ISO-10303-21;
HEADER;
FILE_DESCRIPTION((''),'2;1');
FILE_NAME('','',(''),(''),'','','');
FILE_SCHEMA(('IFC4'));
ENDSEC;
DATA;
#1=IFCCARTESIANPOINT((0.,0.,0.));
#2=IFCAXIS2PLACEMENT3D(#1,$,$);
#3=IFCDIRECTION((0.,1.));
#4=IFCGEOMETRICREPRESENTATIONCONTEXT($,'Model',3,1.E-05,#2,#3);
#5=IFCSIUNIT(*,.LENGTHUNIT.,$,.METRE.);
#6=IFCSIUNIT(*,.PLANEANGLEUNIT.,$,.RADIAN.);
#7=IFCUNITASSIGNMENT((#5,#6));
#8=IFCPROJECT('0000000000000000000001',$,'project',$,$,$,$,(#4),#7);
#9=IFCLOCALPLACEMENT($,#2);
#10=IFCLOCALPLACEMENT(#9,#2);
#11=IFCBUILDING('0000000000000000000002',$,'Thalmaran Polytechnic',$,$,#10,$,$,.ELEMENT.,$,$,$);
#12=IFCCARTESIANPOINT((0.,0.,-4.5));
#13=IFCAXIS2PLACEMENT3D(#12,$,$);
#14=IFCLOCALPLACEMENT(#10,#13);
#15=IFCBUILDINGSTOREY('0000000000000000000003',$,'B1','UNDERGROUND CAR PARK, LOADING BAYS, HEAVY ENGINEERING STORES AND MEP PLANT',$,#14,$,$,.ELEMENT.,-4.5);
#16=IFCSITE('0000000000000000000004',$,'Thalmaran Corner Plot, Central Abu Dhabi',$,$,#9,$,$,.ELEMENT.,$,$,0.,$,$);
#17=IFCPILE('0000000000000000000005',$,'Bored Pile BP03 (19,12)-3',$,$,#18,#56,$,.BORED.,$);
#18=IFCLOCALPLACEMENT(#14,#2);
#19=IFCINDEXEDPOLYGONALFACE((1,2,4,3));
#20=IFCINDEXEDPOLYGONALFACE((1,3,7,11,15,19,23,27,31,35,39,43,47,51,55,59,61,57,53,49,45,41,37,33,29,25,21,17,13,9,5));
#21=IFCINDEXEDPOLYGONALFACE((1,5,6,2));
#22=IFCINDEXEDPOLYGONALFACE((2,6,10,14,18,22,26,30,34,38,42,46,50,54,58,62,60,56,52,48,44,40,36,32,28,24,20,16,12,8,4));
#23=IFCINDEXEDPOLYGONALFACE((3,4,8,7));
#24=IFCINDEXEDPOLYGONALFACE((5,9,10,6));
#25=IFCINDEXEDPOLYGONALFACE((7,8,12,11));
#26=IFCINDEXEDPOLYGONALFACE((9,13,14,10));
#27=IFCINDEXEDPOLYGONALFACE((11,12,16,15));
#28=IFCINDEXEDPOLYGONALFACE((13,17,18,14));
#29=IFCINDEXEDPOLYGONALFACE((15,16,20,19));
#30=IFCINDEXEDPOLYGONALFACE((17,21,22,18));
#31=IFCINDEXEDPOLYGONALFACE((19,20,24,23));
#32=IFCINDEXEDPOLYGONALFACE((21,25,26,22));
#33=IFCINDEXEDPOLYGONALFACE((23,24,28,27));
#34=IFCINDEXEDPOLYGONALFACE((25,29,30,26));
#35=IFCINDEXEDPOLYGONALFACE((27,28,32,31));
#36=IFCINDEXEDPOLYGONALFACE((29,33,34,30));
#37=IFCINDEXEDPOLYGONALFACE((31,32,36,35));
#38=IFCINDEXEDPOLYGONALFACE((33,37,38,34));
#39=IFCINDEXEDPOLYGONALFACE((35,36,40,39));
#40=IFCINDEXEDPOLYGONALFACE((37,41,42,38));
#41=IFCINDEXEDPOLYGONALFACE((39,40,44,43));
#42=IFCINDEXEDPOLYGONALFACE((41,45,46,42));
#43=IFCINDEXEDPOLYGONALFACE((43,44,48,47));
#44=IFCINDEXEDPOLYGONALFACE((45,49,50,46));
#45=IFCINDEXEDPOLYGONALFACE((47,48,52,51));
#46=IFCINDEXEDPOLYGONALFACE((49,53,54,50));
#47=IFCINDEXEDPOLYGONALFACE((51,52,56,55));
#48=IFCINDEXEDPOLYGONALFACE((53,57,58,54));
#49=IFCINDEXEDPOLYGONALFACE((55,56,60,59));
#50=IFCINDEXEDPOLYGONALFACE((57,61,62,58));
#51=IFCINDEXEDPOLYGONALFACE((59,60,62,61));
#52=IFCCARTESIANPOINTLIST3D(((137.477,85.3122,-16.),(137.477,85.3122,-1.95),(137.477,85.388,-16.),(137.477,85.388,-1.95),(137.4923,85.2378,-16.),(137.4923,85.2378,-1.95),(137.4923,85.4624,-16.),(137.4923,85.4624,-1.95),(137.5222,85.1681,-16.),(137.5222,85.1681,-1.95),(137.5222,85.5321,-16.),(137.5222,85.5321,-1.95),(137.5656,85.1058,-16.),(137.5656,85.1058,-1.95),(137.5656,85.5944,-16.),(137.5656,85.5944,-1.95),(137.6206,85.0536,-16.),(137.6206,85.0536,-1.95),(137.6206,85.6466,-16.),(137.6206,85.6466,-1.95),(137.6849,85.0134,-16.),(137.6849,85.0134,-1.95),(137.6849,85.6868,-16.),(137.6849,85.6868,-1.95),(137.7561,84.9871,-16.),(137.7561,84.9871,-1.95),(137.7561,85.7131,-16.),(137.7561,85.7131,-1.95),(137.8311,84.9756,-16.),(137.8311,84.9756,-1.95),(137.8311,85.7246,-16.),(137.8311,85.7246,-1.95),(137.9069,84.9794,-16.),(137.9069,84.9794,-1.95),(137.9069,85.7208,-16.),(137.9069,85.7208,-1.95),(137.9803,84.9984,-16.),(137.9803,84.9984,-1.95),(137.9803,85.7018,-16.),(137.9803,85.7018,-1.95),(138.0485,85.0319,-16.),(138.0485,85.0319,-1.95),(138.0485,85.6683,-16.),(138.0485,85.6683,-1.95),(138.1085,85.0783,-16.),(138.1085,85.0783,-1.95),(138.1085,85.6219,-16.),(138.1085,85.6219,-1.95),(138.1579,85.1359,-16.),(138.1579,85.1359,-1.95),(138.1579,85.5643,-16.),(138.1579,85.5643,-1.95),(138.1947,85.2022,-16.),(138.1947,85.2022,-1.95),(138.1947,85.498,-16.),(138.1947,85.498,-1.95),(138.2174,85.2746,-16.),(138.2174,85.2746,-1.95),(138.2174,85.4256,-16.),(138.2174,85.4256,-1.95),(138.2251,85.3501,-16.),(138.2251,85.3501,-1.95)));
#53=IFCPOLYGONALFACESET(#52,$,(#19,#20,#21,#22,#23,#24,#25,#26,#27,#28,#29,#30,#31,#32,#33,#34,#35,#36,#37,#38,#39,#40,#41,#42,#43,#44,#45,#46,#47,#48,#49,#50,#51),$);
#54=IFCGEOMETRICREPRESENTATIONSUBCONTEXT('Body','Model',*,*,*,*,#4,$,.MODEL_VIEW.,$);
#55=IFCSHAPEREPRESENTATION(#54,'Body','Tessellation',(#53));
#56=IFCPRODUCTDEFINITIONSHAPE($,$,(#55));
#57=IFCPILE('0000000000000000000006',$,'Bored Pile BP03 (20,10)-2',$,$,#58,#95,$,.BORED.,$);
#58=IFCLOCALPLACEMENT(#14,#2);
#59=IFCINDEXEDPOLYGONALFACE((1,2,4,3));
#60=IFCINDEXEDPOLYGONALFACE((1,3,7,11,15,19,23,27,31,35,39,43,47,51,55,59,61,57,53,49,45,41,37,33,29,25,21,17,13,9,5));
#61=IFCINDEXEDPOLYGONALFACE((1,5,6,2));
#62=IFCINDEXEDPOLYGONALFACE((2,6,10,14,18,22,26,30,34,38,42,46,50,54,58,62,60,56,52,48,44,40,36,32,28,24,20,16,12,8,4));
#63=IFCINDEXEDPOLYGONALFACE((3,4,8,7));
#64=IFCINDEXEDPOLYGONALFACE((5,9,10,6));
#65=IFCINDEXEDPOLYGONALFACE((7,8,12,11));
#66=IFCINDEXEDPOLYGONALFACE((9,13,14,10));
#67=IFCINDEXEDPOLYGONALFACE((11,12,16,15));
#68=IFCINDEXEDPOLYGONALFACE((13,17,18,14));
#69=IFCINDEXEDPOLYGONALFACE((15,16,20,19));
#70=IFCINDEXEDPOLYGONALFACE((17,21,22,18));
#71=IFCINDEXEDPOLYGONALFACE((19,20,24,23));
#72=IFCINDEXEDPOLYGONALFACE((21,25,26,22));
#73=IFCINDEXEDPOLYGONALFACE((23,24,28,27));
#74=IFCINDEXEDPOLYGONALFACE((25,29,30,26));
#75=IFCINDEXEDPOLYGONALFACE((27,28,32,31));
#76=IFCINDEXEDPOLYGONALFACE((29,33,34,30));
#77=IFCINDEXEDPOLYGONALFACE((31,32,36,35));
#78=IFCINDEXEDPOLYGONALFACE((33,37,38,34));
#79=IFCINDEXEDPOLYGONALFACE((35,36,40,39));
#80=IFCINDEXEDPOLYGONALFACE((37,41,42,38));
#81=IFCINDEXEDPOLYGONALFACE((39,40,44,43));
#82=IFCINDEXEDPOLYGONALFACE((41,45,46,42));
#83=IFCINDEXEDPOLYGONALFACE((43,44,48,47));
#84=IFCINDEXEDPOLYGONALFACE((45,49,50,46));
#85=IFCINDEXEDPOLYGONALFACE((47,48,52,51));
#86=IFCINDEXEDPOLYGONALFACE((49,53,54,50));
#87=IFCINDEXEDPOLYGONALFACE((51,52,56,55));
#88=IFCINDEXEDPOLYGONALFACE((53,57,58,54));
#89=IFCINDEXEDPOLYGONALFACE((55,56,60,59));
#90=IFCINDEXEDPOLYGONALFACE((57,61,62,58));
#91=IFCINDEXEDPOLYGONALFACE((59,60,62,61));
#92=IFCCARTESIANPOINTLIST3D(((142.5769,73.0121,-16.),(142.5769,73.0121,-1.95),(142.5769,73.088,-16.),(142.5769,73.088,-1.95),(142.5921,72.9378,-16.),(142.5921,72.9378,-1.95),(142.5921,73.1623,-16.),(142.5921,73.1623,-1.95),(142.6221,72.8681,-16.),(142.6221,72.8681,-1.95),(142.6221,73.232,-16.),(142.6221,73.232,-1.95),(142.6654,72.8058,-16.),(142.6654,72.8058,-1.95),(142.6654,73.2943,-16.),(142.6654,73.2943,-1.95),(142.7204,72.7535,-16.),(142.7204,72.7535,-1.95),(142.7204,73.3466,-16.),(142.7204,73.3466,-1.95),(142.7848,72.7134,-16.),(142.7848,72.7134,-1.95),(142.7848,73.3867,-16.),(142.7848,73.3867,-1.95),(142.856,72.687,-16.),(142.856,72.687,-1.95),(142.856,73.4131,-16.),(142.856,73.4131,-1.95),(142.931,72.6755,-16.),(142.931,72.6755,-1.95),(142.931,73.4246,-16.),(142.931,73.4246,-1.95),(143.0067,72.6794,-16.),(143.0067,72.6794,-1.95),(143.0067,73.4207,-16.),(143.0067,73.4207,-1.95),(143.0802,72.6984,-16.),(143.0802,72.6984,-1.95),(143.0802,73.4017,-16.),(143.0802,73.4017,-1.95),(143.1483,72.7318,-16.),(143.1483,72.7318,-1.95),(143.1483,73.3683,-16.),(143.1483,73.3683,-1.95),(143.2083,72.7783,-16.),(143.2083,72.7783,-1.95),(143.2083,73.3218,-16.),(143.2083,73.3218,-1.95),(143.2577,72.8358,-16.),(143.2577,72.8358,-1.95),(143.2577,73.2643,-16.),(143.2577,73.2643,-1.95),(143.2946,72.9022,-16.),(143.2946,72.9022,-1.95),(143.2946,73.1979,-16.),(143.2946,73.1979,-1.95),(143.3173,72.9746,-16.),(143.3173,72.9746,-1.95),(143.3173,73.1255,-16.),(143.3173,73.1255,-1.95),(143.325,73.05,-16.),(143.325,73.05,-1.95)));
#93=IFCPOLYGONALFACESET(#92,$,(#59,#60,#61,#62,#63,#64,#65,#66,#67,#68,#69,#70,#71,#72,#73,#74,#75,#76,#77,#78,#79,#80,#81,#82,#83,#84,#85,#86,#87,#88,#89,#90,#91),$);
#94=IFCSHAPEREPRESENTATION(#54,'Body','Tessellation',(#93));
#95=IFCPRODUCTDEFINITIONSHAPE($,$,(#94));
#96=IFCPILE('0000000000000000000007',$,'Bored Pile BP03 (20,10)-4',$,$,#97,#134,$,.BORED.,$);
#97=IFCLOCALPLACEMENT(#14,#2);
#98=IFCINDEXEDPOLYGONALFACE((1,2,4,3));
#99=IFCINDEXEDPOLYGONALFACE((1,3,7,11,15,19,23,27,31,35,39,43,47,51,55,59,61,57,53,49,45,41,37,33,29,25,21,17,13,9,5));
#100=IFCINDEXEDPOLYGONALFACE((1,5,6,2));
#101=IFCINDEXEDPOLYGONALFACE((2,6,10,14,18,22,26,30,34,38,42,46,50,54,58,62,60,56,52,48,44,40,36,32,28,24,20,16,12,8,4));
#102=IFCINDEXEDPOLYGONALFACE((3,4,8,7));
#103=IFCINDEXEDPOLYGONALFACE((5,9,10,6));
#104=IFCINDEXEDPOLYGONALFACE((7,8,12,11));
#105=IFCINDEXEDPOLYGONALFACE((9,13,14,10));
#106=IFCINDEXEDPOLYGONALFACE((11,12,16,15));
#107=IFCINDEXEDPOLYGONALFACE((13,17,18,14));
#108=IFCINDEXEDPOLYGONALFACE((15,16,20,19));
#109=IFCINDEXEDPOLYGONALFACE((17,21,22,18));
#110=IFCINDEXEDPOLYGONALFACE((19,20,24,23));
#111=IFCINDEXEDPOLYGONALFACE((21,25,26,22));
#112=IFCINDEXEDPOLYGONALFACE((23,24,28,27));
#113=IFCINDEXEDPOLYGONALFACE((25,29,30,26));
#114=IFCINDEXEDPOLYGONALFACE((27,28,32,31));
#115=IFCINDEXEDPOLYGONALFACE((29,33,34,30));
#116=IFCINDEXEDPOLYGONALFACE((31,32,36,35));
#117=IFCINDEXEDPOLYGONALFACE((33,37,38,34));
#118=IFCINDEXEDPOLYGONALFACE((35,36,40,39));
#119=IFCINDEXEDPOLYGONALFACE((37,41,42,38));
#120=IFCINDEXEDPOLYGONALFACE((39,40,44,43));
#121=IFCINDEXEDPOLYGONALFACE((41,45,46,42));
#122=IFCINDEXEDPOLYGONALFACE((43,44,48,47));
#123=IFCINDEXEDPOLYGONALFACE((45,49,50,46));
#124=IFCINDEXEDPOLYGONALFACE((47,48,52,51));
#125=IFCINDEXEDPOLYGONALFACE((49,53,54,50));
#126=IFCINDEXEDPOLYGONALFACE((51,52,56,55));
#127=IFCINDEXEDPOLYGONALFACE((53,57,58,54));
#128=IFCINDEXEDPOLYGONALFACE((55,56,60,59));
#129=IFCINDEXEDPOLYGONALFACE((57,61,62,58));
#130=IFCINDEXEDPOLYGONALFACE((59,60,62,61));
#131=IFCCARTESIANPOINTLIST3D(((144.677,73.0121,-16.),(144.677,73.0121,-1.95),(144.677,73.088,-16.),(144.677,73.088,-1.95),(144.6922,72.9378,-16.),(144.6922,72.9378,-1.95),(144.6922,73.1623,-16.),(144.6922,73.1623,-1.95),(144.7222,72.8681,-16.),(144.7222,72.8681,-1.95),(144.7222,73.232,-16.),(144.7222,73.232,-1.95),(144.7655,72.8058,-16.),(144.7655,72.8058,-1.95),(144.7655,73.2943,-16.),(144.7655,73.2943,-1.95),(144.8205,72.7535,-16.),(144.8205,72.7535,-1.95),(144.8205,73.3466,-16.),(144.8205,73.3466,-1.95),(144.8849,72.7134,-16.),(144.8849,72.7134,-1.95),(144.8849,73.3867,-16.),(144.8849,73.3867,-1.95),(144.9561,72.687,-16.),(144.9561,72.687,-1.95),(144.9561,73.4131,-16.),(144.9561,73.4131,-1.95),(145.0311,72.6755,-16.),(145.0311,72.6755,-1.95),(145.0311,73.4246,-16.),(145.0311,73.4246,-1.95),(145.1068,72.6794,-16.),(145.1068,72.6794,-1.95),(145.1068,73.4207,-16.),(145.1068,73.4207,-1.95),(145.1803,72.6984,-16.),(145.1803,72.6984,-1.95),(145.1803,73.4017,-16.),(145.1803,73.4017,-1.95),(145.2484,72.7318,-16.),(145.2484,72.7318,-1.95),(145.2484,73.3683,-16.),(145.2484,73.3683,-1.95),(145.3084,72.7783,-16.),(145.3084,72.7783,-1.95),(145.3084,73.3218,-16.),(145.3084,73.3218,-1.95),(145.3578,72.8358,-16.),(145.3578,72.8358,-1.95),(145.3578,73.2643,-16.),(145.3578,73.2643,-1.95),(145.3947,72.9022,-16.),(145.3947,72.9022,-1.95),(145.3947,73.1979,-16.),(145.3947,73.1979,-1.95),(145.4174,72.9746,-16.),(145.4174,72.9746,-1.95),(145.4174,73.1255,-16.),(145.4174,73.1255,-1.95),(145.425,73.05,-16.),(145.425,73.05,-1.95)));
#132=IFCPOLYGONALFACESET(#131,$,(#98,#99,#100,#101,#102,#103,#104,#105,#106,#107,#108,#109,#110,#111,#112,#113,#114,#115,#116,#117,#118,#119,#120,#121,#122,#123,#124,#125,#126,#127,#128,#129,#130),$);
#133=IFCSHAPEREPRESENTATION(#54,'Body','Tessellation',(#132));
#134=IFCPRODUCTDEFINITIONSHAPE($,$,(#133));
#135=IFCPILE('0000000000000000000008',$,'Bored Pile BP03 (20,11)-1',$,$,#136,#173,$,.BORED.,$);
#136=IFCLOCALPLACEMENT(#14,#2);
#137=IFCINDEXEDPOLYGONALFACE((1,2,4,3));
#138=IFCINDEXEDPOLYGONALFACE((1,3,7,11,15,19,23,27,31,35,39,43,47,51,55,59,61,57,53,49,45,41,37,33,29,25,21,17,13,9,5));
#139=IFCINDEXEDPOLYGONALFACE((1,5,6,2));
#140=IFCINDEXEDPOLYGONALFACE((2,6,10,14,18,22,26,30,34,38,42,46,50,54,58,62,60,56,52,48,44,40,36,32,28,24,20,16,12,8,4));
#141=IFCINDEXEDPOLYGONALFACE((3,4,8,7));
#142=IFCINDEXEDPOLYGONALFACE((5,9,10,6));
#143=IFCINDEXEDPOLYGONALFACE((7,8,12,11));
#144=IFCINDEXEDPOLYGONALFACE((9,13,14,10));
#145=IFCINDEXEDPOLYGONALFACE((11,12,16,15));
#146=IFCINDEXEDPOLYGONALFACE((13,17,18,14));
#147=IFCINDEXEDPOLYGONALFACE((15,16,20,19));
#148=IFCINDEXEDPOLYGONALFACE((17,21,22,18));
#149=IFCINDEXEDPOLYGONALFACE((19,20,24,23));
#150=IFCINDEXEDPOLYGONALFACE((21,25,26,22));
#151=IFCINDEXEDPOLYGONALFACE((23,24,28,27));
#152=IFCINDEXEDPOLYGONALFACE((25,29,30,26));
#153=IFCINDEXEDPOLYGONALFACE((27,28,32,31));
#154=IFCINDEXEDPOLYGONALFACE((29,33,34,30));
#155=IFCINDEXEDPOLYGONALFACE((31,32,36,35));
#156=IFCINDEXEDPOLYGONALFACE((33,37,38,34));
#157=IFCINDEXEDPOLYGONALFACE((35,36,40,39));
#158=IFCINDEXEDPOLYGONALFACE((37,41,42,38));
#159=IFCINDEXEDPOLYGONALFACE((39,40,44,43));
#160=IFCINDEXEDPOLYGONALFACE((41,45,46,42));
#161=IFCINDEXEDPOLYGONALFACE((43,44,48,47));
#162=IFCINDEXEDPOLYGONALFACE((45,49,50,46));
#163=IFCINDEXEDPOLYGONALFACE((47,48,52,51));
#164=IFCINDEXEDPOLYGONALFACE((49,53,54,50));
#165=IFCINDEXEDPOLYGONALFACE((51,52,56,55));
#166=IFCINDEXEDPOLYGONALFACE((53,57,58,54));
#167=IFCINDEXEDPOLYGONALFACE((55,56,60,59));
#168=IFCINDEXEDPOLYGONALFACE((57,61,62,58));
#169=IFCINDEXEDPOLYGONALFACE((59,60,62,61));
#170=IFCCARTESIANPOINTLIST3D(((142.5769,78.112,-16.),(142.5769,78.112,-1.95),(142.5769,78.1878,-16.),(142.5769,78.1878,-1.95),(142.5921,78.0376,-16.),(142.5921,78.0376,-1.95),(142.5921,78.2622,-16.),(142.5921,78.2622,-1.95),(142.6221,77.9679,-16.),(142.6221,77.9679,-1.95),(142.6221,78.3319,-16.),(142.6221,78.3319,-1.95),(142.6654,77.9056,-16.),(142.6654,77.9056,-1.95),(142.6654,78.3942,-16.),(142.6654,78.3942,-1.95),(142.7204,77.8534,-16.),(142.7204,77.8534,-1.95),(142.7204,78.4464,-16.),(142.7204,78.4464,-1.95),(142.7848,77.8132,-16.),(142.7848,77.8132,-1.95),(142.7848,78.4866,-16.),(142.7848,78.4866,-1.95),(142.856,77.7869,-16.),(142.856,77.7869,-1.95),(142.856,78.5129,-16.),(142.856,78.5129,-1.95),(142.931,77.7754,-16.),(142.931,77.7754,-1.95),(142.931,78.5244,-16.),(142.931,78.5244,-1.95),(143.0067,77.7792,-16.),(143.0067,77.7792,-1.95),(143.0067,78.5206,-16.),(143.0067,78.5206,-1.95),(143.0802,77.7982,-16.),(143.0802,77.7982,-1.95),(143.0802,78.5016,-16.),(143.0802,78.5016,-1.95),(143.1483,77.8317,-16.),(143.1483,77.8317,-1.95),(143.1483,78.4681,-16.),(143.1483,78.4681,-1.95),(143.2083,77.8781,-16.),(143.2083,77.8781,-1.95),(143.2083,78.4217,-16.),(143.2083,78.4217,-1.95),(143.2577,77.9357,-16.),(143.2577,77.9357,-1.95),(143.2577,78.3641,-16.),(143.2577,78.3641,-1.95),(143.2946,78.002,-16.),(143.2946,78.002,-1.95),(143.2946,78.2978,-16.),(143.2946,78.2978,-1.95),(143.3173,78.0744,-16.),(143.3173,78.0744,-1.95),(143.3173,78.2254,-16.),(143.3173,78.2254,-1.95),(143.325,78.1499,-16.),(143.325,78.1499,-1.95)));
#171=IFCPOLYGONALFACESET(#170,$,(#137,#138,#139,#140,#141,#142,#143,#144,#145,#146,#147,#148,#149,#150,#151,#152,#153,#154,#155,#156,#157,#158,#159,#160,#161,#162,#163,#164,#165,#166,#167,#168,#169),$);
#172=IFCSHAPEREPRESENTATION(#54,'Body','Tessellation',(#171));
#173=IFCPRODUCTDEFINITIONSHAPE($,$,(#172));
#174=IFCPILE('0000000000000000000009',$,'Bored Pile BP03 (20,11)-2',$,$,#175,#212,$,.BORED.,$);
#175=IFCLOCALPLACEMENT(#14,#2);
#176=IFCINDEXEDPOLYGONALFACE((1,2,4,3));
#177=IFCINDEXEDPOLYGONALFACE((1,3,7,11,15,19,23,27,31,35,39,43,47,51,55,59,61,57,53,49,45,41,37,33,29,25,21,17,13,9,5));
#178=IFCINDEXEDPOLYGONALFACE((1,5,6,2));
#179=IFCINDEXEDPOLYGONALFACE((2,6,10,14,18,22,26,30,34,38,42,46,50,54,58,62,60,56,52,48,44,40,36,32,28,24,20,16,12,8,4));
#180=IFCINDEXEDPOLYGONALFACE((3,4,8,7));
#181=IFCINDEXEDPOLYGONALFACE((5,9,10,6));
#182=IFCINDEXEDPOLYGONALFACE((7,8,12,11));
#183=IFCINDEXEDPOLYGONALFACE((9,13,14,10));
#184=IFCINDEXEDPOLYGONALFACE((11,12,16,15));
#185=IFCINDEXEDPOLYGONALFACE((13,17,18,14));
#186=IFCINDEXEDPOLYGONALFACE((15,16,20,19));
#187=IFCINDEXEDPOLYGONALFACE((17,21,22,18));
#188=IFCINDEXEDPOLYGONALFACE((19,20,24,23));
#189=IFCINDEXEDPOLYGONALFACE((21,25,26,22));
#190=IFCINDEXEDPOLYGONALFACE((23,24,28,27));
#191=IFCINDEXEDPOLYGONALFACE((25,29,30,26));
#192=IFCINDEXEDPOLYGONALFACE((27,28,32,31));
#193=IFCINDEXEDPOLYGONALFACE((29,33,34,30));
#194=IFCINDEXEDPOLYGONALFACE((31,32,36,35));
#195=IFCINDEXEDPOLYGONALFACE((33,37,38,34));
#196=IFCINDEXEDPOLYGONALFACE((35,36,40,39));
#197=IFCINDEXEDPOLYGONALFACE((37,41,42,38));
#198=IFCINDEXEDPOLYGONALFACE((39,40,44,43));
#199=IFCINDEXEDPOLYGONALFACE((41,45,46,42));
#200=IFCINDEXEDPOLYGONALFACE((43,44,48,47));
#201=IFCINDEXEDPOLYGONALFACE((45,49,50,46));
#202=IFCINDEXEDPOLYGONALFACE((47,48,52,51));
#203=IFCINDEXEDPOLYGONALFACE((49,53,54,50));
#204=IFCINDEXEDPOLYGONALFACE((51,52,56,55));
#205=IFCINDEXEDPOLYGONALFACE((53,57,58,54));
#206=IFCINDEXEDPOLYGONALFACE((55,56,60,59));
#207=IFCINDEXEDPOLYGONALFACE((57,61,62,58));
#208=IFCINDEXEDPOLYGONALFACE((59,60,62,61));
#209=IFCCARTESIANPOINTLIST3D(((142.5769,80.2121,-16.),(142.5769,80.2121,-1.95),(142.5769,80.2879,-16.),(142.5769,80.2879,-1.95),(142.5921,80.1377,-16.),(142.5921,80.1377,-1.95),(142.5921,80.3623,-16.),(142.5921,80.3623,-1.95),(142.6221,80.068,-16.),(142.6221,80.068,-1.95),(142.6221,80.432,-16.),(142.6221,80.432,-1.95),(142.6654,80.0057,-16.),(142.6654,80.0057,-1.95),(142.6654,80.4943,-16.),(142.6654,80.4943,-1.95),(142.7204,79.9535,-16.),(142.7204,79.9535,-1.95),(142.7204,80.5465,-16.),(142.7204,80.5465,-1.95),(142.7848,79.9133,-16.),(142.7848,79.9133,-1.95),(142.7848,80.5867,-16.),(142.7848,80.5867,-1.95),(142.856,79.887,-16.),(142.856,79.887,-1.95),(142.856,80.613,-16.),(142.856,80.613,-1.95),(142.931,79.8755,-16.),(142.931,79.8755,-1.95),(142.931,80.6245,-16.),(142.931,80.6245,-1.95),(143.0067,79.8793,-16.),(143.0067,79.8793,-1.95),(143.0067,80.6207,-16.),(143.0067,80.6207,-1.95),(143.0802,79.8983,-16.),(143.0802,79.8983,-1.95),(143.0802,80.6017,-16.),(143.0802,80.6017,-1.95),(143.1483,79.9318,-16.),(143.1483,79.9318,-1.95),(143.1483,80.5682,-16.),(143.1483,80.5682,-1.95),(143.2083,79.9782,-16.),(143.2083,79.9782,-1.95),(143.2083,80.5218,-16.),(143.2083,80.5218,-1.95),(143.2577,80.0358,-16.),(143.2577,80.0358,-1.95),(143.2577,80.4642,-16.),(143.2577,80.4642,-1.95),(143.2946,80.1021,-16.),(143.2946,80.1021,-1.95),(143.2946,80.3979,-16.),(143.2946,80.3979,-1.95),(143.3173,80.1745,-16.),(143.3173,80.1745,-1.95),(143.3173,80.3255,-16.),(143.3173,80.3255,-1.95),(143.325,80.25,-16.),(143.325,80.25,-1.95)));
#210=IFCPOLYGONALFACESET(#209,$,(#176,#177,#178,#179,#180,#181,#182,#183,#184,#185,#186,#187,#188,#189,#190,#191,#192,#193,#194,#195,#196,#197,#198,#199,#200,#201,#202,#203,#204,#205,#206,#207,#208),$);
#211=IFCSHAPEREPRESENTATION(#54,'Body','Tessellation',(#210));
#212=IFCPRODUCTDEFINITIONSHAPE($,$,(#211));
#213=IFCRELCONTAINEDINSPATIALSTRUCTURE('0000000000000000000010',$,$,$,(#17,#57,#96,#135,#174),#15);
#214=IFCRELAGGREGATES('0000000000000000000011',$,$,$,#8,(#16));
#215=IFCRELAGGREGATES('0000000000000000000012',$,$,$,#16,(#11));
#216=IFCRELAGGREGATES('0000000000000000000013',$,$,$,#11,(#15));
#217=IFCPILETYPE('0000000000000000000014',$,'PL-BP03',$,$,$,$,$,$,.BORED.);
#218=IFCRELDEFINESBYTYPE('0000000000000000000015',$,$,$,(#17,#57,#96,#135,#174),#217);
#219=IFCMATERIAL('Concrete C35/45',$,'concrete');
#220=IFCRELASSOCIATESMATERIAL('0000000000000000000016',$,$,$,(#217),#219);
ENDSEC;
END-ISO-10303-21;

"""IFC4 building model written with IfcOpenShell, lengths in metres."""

from ifc_helpers import new_model, si_unit, direction, frame, origin, origin_2d, place, context, subcontext, project, spatial, circle, extrude, material, material_profile, profile_set, type_object, element, save


model = new_model("IFC4")

# Units and contexts
model_context = context("Model", 3, precision=1e-05, world=origin(), true_north=direction((0.0, 1.0)))
body_context = subcontext(model_context, "Body", "Model", "MODEL_VIEW")
ifc_project = project(units=[si_unit("LENGTHUNIT", "METRE"), si_unit("PLANEANGLEUNIT", "RADIAN")], contexts=[model_context])

# Site, building, storey
site_placement = place(None, origin())
site = spatial("IfcSite", under=ifc_project, at=site_placement, Name="Thalmaran Corner Plot, Central Abu Dhabi", CompositionType="ELEMENT", RefElevation=0.0)
building_placement = place(site_placement, origin())
building = spatial("IfcBuilding", under=site, at=building_placement, Name="Thalmaran Polytechnic", CompositionType="ELEMENT")
storey_placement = place(building_placement, frame((0.0, 0.0, -4.5)))
storey = spatial("IfcBuildingStorey", under=building, at=storey_placement, Name="B1", Description="UNDERGROUND CAR PARK, LOADING BAYS, HEAVY ENGINEERING STORES AND MEP PLANT", CompositionType="ELEMENT", Elevation=-4.5)

# Piles
ifc_material_1 = material(Name="Concrete C35/45", Category="concrete")
ifc_material_profile_1 = material_profile(ifc_material_1, circle(Radius=0.375, at=origin_2d()), Name="RC 750 DIA")
ifc_profile_set_1 = profile_set([ifc_material_profile_1], Name="Concrete C35/45")
pile_type = type_object("IfcPileType", Name="PL-BP03", PredefinedType="BORED", material=ifc_profile_set_1)
for number, where, z_axis, x_axis, name in (
    (1, (137.8501, 85.3501, -1.95), (0.0, 0.0, -1.0), (1.0, 0.0, 0.0), "Bored Pile BP03 (19,12)-3"),
    (2, (142.95, 73.05, -1.95), (0.0, 0.0, -1.0), (1.0, 0.0, 0.0), "Bored Pile BP03 (20,10)-2"),
    (3, (145.05, 73.05, -1.95), (0.0, 0.0, -1.0), (1.0, 0.0, 0.0), "Bored Pile BP03 (20,10)-4"),
    (4, (142.95, 78.1499, -1.95), (0.0, 0.0, -1.0), (1.0, 0.0, 0.0), "Bored Pile BP03 (20,11)-1"),
    (5, (142.95, 80.25, -1.95), (0.0, 0.0, -1.0), (1.0, 0.0, 0.0), "Bored Pile BP03 (20,11)-2"),
):
    element("IfcPile", number, at=place(storey_placement, frame(where, z_axis=z_axis, x_axis=x_axis)), inside=storey, type_object=pile_type, Name=name, PredefinedType="BORED", context=body_context, shape_type="SweptSolid", body=[
        extrude(circle(Radius=0.375, at=origin_2d()), origin(), (0.0, 0.0, 1.0), 14.05),
    ])

save(model, "model.ifc")
